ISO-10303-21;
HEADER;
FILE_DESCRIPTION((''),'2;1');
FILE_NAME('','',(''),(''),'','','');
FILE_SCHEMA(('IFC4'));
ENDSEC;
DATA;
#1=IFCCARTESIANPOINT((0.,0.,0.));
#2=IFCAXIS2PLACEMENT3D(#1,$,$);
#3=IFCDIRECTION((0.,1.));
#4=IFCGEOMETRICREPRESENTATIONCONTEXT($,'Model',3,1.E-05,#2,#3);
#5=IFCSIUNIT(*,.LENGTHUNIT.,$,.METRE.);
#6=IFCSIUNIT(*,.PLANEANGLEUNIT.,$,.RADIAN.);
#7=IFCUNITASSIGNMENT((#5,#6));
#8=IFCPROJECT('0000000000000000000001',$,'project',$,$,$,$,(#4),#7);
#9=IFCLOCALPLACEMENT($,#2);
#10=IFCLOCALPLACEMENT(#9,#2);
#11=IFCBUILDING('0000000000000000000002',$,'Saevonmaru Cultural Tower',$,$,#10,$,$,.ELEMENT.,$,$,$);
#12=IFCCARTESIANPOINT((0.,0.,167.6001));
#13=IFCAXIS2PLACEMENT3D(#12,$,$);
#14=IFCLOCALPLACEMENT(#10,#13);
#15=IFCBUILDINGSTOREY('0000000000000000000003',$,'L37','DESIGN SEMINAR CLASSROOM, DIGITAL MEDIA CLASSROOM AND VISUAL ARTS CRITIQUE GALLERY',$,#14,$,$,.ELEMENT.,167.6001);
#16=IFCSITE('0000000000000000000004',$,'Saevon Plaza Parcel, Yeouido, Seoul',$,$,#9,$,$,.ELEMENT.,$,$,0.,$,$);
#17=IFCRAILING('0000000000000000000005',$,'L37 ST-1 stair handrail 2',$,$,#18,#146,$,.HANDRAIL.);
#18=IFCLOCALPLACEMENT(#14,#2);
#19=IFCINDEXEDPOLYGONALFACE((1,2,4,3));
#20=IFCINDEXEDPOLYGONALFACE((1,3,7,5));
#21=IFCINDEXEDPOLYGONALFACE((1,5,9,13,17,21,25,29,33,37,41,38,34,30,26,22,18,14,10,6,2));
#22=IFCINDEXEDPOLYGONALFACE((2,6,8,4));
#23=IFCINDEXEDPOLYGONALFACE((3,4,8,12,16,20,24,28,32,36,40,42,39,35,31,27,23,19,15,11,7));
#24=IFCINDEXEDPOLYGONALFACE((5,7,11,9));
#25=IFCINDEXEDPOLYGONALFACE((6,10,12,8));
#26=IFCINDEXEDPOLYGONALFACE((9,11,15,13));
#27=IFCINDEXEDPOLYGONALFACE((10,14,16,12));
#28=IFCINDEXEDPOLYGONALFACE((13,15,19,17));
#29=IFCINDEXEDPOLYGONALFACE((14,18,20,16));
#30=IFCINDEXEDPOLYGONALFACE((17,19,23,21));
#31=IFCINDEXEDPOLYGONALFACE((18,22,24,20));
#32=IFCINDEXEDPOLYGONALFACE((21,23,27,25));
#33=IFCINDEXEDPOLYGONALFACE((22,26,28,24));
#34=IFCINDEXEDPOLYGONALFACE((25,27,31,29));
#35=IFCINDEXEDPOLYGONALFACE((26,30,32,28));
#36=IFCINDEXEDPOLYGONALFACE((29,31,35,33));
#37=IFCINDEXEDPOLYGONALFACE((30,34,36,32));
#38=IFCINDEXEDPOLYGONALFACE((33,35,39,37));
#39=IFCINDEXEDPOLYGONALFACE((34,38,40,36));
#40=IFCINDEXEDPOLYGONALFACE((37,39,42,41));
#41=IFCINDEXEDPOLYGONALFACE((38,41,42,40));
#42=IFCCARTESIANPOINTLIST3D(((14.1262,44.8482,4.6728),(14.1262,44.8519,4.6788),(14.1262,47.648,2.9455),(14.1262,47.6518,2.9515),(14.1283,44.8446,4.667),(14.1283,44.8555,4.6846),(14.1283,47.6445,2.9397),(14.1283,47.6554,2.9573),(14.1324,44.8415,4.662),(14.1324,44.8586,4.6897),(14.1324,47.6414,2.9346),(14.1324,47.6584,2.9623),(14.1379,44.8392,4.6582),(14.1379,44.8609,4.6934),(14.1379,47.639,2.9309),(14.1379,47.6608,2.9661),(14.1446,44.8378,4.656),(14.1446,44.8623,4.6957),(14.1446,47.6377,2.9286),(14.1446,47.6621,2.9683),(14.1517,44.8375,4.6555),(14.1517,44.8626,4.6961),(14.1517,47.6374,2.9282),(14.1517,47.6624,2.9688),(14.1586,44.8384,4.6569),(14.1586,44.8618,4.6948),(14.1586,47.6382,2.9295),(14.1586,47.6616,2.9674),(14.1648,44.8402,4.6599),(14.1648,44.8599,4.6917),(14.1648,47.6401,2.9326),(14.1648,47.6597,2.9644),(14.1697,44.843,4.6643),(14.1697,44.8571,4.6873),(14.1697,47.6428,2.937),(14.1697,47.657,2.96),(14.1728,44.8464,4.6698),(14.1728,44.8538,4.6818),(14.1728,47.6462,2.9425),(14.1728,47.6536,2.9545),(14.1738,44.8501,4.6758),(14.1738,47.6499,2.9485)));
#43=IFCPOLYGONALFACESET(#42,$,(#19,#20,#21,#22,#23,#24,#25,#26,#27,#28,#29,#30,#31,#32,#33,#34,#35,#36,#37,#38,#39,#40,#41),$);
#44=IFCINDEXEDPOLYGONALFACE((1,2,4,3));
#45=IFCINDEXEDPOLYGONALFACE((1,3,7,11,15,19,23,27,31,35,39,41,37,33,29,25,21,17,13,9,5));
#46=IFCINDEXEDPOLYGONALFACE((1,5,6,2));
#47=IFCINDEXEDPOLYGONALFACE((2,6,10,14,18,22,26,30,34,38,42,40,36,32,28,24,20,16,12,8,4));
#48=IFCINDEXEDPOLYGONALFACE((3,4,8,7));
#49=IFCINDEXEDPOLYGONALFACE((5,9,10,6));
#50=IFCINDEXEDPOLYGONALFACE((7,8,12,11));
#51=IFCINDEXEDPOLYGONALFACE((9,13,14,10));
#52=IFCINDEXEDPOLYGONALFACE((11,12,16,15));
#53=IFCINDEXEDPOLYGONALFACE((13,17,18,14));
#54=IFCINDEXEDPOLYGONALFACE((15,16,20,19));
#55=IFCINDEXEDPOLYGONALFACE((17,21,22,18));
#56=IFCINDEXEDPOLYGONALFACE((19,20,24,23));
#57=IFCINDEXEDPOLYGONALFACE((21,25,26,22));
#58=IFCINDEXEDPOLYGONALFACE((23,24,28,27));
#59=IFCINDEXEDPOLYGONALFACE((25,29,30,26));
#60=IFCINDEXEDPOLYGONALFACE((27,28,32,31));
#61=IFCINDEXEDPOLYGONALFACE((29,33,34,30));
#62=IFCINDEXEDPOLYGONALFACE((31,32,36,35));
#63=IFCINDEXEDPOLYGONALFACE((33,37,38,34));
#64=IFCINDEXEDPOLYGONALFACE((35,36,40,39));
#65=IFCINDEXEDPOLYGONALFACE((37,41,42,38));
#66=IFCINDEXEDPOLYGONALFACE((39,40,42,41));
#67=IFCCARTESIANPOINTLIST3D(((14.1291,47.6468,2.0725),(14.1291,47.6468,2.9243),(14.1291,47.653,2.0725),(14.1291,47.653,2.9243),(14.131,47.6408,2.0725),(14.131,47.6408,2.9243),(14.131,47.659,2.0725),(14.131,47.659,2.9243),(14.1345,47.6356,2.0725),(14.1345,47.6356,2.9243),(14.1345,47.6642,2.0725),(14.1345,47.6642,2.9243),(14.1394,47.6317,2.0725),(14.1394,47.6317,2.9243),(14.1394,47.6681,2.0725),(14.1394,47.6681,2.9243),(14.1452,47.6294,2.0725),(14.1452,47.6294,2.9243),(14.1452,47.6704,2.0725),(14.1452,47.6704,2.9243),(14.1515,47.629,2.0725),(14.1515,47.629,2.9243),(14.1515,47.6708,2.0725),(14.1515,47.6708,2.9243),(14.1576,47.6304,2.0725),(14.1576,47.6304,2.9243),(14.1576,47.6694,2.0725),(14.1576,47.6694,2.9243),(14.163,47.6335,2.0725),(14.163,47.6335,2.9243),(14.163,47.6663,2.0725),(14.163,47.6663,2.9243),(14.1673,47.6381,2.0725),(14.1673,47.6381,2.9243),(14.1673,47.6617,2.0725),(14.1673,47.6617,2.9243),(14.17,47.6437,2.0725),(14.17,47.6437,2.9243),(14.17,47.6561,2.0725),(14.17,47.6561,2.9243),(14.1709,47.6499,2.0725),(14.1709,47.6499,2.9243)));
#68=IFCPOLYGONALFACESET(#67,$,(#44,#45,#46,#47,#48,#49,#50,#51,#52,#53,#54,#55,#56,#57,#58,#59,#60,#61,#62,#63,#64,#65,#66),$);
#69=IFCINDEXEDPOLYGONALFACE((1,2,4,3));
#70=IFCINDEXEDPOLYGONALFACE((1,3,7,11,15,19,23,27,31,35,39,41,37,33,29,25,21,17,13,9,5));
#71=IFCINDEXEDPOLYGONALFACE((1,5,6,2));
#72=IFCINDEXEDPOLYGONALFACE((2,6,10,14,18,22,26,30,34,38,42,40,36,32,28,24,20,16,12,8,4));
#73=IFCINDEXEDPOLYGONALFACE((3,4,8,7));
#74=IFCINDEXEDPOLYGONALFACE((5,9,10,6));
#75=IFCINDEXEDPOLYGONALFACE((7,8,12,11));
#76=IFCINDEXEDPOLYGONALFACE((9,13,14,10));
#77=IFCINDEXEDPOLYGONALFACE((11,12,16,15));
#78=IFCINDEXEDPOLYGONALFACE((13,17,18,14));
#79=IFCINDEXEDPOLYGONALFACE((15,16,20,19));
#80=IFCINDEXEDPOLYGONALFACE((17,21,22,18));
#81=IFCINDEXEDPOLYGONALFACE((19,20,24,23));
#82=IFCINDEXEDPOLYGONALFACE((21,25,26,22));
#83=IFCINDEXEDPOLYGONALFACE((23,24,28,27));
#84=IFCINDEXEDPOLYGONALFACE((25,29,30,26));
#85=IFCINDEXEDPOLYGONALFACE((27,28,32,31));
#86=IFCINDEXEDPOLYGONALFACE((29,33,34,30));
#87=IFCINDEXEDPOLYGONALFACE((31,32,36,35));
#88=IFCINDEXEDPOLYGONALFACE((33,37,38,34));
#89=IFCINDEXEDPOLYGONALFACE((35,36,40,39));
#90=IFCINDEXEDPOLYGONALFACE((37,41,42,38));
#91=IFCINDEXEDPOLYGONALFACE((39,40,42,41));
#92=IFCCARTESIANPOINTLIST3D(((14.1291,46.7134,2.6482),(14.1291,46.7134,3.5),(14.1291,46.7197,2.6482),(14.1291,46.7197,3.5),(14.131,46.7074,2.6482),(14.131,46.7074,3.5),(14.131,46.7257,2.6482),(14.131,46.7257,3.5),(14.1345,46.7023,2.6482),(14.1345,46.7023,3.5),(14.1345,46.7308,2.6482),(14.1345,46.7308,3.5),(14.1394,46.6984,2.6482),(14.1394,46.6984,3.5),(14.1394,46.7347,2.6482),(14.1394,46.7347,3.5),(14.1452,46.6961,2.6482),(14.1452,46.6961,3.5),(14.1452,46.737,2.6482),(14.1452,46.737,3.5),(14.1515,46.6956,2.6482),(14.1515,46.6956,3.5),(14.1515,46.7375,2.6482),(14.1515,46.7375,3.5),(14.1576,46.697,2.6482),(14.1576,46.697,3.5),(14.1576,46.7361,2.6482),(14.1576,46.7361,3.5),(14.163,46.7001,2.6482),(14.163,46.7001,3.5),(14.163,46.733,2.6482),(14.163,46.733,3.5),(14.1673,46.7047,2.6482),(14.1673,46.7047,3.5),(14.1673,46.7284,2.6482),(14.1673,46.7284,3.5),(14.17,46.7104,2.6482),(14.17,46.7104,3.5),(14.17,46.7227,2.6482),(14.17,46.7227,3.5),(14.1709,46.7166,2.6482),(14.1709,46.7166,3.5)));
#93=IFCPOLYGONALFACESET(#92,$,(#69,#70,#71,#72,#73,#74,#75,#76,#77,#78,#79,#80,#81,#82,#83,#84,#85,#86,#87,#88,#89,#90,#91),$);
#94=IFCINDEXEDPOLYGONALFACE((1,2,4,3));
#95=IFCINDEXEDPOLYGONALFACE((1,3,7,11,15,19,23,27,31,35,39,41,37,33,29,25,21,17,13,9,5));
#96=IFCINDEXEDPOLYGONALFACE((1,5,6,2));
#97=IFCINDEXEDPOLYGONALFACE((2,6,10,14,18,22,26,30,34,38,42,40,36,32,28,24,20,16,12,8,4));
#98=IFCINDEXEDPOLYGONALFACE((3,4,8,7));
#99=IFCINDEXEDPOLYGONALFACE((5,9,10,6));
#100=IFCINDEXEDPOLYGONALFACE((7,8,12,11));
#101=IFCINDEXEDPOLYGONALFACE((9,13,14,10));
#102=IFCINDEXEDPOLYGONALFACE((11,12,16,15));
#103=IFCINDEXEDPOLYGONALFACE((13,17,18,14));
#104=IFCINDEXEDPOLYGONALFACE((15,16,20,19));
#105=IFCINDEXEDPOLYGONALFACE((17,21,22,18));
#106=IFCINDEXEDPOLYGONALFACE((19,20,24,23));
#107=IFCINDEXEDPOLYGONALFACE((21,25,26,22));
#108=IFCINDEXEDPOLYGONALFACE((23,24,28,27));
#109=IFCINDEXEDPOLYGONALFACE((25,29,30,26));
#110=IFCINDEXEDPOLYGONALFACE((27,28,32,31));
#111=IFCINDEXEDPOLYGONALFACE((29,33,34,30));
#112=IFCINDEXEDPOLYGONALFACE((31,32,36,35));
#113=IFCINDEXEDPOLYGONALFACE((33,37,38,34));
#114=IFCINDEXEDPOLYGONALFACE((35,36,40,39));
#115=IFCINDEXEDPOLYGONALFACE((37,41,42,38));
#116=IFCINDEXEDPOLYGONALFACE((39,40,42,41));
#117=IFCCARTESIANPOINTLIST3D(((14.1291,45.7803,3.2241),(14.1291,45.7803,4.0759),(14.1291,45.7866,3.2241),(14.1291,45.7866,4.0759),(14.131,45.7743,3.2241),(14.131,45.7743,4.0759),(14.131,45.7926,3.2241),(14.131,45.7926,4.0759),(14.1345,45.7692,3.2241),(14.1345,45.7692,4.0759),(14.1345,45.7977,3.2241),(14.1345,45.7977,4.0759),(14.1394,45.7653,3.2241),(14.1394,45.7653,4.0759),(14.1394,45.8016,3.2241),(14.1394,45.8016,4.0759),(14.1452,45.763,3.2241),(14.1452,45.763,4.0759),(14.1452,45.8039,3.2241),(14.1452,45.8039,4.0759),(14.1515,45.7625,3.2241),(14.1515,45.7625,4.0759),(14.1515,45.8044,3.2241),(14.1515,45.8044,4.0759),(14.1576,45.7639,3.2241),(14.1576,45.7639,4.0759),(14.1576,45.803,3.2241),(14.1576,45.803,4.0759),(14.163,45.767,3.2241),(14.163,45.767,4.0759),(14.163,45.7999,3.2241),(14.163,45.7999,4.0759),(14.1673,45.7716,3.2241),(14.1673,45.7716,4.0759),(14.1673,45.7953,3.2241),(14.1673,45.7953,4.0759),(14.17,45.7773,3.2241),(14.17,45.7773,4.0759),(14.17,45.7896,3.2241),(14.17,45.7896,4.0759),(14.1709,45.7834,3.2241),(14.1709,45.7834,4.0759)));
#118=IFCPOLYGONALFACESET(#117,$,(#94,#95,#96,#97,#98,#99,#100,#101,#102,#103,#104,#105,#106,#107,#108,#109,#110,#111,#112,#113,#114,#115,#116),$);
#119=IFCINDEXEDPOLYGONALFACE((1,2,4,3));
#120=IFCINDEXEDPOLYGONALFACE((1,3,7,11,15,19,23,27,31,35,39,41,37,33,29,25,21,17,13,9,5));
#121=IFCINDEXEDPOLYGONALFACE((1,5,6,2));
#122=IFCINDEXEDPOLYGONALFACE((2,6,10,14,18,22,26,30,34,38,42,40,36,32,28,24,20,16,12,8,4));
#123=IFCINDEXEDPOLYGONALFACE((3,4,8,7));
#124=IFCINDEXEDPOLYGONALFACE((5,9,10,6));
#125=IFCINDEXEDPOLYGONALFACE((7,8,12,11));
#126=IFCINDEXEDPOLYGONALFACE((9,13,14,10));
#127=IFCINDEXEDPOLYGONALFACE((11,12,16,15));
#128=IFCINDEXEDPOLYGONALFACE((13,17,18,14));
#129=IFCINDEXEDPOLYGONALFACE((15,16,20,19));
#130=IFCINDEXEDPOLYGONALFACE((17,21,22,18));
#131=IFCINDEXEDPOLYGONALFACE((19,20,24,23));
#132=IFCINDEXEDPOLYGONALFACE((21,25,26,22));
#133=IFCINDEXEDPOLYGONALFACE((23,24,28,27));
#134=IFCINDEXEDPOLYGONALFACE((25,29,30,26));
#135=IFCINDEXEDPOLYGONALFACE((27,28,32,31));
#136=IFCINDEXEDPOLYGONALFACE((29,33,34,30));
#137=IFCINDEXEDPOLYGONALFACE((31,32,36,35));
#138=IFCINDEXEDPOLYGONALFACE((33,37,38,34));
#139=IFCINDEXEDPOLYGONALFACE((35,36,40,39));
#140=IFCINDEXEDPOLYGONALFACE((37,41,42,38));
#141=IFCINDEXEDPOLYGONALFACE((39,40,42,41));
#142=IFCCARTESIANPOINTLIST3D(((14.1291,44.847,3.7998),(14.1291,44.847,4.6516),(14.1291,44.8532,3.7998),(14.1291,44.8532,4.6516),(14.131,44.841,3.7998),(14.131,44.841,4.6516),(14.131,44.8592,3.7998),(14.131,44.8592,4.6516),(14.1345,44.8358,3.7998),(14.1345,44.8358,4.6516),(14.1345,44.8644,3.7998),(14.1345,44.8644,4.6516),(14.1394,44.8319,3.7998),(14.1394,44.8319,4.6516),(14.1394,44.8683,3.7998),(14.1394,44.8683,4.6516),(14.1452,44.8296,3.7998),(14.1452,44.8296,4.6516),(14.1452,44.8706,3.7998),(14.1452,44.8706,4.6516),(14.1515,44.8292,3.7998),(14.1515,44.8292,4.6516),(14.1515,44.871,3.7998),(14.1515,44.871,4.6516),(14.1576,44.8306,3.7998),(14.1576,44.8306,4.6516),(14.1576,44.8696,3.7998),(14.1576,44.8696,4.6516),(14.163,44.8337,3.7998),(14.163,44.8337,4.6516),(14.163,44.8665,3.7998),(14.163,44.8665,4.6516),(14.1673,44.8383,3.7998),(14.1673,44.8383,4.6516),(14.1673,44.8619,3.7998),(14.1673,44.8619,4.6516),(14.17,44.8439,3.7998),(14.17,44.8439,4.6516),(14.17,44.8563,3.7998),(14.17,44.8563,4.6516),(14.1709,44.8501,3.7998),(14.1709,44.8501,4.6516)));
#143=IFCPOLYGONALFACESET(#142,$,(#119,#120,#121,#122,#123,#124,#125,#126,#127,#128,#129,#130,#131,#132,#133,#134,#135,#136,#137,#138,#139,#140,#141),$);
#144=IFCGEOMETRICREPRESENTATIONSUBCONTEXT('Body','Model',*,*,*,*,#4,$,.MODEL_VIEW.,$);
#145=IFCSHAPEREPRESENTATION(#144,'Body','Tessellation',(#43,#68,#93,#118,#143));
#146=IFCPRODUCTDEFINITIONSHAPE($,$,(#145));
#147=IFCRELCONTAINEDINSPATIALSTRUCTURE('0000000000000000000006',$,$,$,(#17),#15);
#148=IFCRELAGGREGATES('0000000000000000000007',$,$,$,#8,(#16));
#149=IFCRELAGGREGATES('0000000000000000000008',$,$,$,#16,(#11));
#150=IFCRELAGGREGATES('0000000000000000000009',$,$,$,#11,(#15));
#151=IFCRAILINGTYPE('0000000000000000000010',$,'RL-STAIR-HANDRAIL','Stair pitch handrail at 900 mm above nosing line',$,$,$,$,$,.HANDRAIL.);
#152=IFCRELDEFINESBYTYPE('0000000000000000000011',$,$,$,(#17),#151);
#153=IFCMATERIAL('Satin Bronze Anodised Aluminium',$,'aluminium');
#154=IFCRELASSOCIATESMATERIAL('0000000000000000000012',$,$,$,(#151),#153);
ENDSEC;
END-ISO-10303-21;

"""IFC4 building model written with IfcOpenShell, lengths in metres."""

from ifc_helpers import new_model, si_unit, direction, frame, origin, origin_2d, place, context, subcontext, project, spatial, circle, extrude, material, type_object, element, save


model = new_model("IFC4")

# Units and contexts
model_context = context("Model", 3, precision=1e-05, world=origin(), true_north=direction((0.0, 1.0)))
body_context = subcontext(model_context, "Body", "Model", "MODEL_VIEW")
ifc_project = project(units=[si_unit("LENGTHUNIT", "METRE"), si_unit("PLANEANGLEUNIT", "RADIAN")], contexts=[model_context])

# Site, building, storey
site_placement = place(None, origin())
site = spatial("IfcSite", under=ifc_project, at=site_placement, Name="Saevon Plaza Parcel, Yeouido, Seoul", CompositionType="ELEMENT", RefElevation=0.0)
building_placement = place(site_placement, origin())
building = spatial("IfcBuilding", under=site, at=building_placement, Name="Saevonmaru Cultural Tower", CompositionType="ELEMENT")
storey_placement = place(building_placement, frame((0.0, 0.0, 167.6001)))
storey = spatial("IfcBuildingStorey", under=building, at=storey_placement, Name="L37", Description="DESIGN SEMINAR CLASSROOM, DIGITAL MEDIA CLASSROOM AND VISUAL ARTS CRITIQUE GALLERY", CompositionType="ELEMENT", Elevation=167.6001)

# Shared definitions
ifc_material_1 = material(Name="Satin Bronze Anodised Aluminium", Category="aluminium")

# Railing
railing_type_1 = type_object("IfcRailingType", Name="RL-STAIR-HANDRAIL", Description="Stair pitch handrail at 900 mm above nosing line", PredefinedType="HANDRAIL", material=ifc_material_1)
railing_1_placement = place(storey_placement, frame((14.1499, 47.6499, 2.0725)))
element("IfcRailing", 1, at=railing_1_placement, inside=storey, type_object=railing_type_1, Name="L37 ST-1 stair handrail 2", PredefinedType="HANDRAIL", context=body_context, shape_type="SweptSolid", body=[
    extrude(circle(Radius=0.0239, at=origin_2d()), frame((0.0, 0.0, 0.876), z_axis=(0.0, -0.851069, 0.525054), x_axis=(1.0, 0.0, 0.0)), (0.0, 0.0, 1.0), 3.2898),
    extrude(circle(Radius=0.021, at=origin_2d()), origin(), (0.0, 0.0, 1.0), 0.8518),
    extrude(circle(Radius=0.021, at=origin_2d()), frame((0.0, -0.9333, 0.5757)), (0.0, 0.0, 1.0), 0.8518),
    extrude(circle(Radius=0.021, at=origin_2d()), frame((0.0, -1.8665, 1.1516)), (0.0, 0.0, 1.0), 0.8518),
    extrude(circle(Radius=0.021, at=origin_2d()), frame((0.0, -2.7998, 1.7273)), (0.0, 0.0, 1.0), 0.8518),
])

save(model, "model.ifc")
